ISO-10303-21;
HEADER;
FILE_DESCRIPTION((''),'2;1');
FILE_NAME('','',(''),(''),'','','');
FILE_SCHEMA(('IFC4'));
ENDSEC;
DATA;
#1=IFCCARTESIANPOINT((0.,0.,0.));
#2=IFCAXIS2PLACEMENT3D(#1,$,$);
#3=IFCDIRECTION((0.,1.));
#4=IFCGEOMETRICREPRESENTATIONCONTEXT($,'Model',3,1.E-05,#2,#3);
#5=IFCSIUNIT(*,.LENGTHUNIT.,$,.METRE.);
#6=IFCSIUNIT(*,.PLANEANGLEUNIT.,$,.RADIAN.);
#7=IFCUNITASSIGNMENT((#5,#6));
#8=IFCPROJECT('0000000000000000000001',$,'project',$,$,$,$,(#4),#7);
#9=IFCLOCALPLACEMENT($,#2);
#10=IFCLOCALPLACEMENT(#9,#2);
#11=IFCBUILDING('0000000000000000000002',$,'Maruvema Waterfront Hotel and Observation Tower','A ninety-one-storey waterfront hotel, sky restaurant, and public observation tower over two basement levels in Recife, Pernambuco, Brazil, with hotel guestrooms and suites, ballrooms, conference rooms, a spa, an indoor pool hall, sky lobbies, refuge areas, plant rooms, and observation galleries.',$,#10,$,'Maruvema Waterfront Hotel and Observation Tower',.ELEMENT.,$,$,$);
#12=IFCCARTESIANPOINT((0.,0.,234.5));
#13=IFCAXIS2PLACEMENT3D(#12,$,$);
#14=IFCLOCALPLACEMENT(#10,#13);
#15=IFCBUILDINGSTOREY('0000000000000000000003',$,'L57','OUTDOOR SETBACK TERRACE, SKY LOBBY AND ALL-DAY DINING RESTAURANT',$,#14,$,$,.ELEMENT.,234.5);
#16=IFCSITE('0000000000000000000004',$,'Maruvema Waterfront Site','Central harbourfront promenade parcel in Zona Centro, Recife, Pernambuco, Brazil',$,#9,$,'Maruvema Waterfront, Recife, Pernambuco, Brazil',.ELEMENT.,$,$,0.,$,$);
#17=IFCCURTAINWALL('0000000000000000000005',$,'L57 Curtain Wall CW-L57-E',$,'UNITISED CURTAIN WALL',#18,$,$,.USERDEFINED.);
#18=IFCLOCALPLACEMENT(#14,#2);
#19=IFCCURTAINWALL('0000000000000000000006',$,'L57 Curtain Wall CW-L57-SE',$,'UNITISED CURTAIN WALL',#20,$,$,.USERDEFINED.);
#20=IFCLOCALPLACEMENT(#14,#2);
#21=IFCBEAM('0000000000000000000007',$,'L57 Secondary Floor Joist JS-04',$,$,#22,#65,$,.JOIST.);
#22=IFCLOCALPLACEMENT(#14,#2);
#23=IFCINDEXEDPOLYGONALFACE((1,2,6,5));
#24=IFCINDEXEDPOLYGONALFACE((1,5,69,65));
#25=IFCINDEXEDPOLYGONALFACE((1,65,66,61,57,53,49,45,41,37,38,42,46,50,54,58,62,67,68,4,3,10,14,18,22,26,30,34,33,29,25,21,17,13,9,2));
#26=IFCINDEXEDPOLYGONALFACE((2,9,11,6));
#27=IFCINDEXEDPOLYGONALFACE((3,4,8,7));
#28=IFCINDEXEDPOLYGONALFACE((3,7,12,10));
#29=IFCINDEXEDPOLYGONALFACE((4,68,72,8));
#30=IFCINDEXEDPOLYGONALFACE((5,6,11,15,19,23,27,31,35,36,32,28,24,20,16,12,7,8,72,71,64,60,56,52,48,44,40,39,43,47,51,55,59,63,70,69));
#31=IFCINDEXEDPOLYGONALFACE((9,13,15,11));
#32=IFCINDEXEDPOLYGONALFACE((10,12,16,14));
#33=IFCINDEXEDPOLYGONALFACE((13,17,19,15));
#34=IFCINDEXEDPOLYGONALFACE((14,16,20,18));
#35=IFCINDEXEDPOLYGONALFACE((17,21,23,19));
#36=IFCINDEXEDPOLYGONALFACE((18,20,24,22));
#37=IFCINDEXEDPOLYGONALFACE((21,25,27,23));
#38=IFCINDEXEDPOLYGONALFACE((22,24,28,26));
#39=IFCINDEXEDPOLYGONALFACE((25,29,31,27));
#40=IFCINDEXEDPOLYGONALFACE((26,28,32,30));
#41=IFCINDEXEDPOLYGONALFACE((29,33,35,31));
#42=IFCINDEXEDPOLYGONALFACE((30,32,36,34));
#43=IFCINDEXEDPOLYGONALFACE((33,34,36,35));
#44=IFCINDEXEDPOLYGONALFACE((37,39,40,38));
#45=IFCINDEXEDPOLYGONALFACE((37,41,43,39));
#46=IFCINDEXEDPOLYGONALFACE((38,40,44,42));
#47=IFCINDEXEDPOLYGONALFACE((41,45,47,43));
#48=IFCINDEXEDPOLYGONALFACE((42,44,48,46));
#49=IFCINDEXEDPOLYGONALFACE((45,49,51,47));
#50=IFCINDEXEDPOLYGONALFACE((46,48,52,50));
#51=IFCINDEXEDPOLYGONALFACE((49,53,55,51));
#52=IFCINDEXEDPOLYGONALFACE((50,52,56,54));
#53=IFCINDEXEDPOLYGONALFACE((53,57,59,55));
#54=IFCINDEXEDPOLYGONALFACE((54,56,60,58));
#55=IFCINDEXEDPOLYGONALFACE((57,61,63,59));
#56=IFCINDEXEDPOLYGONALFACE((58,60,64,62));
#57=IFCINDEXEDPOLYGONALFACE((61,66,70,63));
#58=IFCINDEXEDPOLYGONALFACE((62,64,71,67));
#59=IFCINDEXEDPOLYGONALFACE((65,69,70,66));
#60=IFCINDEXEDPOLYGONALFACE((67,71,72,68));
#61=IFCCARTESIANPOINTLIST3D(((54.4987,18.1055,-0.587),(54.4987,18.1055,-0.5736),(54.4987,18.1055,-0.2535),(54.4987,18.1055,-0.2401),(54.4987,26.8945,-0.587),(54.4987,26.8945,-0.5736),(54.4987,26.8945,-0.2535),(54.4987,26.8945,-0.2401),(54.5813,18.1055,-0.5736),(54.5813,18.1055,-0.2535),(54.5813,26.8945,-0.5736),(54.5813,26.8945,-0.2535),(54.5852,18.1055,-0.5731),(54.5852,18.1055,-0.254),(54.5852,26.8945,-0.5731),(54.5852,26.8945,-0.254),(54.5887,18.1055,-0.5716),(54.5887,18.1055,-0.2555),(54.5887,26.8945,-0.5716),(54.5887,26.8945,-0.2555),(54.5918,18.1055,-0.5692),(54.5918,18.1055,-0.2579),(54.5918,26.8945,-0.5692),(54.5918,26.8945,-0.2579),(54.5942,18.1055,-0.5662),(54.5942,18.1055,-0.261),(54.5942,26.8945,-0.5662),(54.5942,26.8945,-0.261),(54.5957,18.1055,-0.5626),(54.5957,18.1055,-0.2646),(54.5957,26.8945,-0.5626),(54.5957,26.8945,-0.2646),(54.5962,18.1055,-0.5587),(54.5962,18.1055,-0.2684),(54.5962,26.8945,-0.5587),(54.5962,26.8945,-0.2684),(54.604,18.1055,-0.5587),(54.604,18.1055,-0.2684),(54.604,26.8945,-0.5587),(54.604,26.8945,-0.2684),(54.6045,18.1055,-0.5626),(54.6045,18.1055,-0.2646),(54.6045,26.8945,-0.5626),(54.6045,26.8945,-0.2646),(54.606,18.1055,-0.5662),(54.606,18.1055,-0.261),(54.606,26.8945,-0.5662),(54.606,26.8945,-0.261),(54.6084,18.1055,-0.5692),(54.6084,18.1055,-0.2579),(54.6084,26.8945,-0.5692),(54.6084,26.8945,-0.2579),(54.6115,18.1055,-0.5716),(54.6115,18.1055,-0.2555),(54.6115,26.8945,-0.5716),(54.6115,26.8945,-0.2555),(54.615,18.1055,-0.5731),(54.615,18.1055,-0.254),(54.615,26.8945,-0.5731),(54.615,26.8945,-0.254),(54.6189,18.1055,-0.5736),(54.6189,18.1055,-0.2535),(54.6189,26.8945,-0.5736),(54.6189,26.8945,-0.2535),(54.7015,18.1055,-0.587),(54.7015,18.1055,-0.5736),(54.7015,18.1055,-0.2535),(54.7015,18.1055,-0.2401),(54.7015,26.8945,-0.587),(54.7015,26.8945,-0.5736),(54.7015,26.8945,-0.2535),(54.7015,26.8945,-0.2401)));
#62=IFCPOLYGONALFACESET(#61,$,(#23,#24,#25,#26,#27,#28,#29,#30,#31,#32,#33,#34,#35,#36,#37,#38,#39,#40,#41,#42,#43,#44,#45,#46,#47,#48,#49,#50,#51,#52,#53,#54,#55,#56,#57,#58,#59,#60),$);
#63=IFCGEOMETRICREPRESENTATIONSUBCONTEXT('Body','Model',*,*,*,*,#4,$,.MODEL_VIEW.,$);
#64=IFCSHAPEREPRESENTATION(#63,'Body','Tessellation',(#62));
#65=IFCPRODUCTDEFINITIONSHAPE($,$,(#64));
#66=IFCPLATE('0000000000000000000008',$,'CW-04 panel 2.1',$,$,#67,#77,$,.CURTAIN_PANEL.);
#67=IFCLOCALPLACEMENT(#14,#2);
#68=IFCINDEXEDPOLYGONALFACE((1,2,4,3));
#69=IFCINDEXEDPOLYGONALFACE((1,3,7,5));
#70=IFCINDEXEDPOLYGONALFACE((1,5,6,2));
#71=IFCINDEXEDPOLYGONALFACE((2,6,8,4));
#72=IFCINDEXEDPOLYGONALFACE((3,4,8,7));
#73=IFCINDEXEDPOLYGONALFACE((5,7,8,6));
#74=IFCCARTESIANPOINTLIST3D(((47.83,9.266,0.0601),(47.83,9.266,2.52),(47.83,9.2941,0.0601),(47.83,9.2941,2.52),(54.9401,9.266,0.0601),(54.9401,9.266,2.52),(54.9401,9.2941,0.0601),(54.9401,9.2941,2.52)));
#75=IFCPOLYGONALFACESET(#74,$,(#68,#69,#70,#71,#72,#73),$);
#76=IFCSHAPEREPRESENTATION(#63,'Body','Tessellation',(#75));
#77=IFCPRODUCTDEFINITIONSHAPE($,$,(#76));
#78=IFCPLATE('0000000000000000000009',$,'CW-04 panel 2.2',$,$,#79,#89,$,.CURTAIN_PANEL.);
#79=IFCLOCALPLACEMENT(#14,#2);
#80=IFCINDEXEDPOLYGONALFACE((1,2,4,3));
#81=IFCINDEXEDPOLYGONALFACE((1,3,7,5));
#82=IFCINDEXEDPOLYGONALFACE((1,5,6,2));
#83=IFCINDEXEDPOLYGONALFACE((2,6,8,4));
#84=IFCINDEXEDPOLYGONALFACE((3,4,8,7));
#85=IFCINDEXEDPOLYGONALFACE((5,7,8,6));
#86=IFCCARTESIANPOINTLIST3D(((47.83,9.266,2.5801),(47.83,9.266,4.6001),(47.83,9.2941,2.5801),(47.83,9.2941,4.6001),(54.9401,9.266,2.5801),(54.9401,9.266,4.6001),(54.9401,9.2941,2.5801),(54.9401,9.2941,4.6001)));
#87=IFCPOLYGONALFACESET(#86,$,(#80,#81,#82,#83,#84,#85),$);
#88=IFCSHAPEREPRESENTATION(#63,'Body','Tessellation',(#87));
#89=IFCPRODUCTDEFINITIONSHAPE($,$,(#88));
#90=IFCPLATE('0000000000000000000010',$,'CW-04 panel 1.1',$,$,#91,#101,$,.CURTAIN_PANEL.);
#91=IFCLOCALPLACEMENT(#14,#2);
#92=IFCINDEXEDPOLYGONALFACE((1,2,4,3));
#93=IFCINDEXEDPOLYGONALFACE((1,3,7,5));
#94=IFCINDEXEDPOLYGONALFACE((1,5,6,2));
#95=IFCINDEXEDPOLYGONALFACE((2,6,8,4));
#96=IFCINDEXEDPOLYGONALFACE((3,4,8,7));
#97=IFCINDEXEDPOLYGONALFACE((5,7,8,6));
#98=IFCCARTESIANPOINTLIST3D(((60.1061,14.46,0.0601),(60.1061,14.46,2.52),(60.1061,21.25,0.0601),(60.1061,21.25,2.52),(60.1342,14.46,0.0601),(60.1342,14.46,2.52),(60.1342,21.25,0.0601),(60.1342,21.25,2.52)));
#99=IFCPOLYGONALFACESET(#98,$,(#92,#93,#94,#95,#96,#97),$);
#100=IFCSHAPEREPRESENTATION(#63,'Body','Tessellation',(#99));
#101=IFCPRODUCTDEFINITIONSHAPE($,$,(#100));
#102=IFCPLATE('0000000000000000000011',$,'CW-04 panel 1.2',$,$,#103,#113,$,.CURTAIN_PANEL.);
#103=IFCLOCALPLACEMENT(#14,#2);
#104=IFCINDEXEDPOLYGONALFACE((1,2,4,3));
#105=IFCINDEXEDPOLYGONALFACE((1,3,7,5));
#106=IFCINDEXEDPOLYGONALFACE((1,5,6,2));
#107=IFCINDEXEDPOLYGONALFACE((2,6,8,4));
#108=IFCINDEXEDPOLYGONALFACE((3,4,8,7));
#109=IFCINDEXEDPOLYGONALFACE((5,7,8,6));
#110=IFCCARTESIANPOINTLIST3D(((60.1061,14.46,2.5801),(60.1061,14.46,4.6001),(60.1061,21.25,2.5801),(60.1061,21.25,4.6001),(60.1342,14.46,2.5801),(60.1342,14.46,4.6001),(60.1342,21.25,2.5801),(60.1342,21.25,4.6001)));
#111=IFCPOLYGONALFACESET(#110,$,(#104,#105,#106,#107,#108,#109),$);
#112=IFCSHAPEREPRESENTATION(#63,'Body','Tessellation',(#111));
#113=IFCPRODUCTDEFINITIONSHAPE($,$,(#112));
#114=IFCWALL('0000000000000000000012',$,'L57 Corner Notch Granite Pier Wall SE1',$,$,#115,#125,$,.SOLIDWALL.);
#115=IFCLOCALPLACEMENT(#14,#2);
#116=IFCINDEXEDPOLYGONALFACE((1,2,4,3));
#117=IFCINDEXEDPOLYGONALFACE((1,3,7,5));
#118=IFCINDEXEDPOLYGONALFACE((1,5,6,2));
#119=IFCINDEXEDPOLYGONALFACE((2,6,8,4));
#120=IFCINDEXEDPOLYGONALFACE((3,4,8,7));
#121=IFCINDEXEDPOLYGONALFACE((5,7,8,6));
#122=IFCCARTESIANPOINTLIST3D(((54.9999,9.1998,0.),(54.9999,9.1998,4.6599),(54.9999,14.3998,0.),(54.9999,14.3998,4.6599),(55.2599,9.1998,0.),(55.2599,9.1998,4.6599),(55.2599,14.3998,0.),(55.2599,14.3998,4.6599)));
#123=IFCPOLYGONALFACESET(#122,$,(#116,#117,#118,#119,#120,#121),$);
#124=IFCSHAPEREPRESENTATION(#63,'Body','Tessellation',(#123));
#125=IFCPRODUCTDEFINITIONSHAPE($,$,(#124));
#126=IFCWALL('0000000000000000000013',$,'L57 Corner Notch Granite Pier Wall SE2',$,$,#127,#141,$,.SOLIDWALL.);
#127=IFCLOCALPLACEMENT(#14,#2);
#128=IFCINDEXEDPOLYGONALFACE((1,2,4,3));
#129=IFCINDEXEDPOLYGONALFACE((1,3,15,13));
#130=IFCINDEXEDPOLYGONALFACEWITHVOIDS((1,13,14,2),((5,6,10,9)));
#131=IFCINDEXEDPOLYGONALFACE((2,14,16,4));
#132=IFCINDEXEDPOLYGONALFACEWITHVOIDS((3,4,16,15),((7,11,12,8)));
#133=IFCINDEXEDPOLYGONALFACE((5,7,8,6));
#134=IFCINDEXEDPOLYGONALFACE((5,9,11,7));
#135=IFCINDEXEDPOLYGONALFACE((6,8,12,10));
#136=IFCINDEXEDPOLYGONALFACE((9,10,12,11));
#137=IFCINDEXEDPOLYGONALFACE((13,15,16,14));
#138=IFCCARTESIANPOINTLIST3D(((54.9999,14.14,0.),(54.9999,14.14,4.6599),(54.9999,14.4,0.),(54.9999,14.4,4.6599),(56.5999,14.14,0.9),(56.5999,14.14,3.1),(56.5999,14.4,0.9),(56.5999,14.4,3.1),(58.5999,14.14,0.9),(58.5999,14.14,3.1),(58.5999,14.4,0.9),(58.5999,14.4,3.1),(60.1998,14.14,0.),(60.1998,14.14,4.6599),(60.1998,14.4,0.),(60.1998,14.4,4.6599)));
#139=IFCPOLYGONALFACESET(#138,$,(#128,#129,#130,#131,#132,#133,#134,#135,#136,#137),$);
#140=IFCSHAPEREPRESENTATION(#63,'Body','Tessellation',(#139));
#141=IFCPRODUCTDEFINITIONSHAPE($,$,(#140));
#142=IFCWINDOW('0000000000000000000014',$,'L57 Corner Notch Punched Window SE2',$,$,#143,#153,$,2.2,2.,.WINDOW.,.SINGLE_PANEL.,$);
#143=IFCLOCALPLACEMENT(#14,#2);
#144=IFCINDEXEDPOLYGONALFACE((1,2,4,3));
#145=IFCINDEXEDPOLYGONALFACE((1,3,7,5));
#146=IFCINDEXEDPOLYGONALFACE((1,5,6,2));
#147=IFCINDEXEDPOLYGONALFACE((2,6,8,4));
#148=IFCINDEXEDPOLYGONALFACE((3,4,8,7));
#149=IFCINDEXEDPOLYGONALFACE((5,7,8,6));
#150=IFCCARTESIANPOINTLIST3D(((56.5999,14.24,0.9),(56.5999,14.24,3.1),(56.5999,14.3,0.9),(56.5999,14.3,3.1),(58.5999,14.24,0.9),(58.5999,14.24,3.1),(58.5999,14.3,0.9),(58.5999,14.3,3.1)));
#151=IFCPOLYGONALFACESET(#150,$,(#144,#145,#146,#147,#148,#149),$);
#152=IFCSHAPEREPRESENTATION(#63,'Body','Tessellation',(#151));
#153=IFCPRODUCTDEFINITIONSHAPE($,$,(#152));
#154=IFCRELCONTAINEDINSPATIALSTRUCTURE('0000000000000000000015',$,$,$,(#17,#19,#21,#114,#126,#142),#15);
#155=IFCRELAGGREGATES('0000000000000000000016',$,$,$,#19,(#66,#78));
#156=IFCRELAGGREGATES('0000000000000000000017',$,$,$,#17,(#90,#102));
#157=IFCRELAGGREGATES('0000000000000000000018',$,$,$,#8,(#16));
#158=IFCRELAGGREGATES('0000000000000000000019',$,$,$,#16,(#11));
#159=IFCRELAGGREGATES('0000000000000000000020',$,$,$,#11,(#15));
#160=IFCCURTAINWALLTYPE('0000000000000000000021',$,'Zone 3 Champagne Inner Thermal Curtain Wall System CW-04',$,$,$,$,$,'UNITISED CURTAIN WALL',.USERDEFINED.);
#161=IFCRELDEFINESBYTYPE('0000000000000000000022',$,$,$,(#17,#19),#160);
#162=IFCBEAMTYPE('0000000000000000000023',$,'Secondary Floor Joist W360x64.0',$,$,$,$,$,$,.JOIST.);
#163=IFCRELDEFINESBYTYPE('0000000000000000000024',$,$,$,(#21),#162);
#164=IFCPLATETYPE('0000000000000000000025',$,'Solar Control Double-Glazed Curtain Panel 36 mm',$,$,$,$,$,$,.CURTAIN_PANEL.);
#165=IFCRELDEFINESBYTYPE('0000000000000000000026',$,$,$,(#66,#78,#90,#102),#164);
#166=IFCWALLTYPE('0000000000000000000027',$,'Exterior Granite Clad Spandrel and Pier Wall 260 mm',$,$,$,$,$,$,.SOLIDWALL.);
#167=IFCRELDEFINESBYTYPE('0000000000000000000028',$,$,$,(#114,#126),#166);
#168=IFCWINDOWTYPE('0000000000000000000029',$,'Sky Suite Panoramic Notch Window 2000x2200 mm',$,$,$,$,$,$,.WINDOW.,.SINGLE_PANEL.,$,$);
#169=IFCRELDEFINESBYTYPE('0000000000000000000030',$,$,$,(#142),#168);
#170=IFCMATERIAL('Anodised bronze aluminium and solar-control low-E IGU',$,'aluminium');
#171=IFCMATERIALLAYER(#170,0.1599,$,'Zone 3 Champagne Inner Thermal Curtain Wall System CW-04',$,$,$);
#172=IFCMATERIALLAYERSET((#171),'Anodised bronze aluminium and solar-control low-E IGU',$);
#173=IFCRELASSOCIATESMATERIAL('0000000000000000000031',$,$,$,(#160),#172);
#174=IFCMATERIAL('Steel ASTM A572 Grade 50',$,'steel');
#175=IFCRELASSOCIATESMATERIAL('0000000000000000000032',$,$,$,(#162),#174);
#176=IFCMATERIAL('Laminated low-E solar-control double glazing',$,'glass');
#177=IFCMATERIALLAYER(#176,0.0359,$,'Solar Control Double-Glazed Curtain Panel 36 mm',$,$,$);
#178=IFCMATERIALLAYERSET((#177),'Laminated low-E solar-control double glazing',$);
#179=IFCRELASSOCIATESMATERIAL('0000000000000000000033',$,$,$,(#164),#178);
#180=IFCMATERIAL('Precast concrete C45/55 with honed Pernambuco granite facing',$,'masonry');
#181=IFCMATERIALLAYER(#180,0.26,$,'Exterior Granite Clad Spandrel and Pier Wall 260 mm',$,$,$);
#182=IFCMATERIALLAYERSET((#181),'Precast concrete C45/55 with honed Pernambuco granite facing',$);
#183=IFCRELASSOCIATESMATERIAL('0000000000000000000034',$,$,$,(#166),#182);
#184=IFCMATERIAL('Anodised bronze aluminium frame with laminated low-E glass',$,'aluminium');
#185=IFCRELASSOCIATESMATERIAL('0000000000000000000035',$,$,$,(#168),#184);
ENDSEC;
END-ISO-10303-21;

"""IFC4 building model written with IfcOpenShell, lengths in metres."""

from ifc_helpers import new_model, si_unit, direction, frame, frame_2d, origin, origin_2d, place, context, subcontext, project, spatial, rectangle, i_section, extrude, material, layer, layer_set, material_profile, profile_set, type_object, element, fill, aggregate, save


model = new_model("IFC4")

# Units and contexts
model_context = context("Model", 3, precision=1e-05, world=origin(), true_north=direction((0.0, 1.0)))
body_context = subcontext(model_context, "Body", "Model", "MODEL_VIEW")
ifc_project = project(units=[si_unit("LENGTHUNIT", "METRE"), si_unit("PLANEANGLEUNIT", "RADIAN")], contexts=[model_context])

# Site, building, storey
site_placement = place(None, origin())
site = spatial("IfcSite", under=ifc_project, at=site_placement, Name="Maruvema Waterfront Site", Description="Central harbourfront promenade parcel in Zona Centro, Recife, Pernambuco, Brazil", LongName="Maruvema Waterfront, Recife, Pernambuco, Brazil", CompositionType="ELEMENT", RefElevation=0.0)
building_placement = place(site_placement, origin())
building = spatial("IfcBuilding", under=site, at=building_placement, Name="Maruvema Waterfront Hotel and Observation Tower", Description="A ninety-one-storey waterfront hotel, sky restaurant, and public observation tower over two basement levels in Recife, Pernambuco, Brazil, with hotel guestrooms and suites, ballrooms, conference rooms, a spa, an indoor pool hall, sky lobbies, refuge areas, plant rooms, and observation galleries.", LongName="Maruvema Waterfront Hotel and Observation Tower", CompositionType="ELEMENT")
storey_placement = place(building_placement, frame((0.0, 0.0, 234.5)))
storey = spatial("IfcBuildingStorey", under=building, at=storey_placement, Name="L57", Description="OUTDOOR SETBACK TERRACE, SKY LOBBY AND ALL-DAY DINING RESTAURANT", CompositionType="ELEMENT", Elevation=234.5)

# Curtain wall
ifc_material_1 = material(Name="Anodised bronze aluminium and solar-control low-E IGU", Category="aluminium")
ifc_layer_1 = layer(ifc_material_1, 0.1599, Name="Zone 3 Champagne Inner Thermal Curtain Wall System CW-04")
ifc_layer_set_1 = layer_set([ifc_layer_1], Name="Anodised bronze aluminium and solar-control low-E IGU")
curtain_wall_type = type_object("IfcCurtainWallType", Name="Zone 3 Champagne Inner Thermal Curtain Wall System CW-04", ElementType="UNITISED CURTAIN WALL", PredefinedType="USERDEFINED", material=ifc_layer_set_1)
curtain_wall_1_placement = place(storey_placement, origin())
curtain_wall_1 = element("IfcCurtainWall", 1, at=curtain_wall_1_placement, inside=storey, type_object=curtain_wall_type, Name="L57 Curtain Wall CW-L57-E", ObjectType="UNITISED CURTAIN WALL", PredefinedType="USERDEFINED")

# Curtain wall
curtain_wall_2_placement = place(storey_placement, origin())
curtain_wall_2 = element("IfcCurtainWall", 2, at=curtain_wall_2_placement, inside=storey, type_object=curtain_wall_type, Name="L57 Curtain Wall CW-L57-SE", ObjectType="UNITISED CURTAIN WALL", PredefinedType="USERDEFINED")

# Beam
ifc_material_2 = material(Name="Steel ASTM A572 Grade 50", Category="steel")
ifc_material_profile_1 = material_profile(ifc_material_2, i_section(OverallWidth=0.2029, OverallDepth=0.3469, WebThickness=0.0078, FlangeThickness=0.0134, FilletRadius=0.0149, at=origin_2d()), Name="W360x64.0")
ifc_profile_set_1 = profile_set([ifc_material_profile_1], Name="Steel ASTM A572 Grade 50")
beam_type_1 = type_object("IfcBeamType", Name="Secondary Floor Joist W360x64.0", PredefinedType="JOIST", material=ifc_profile_set_1)
beam_1_placement = place(storey_placement, frame((54.6001, 18.1055, -0.4136), z_axis=(0.0, 1.0, 0.0), x_axis=(-1.0, 0.0, 0.0)))
element("IfcBeam", 3, at=beam_1_placement, inside=storey, type_object=beam_type_1, Name="L57 Secondary Floor Joist JS-04", PredefinedType="JOIST", context=body_context, shape_type="SweptSolid", body=[
    extrude(i_section(OverallWidth=0.2029, OverallDepth=0.3469, WebThickness=0.0078, FlangeThickness=0.0134, FilletRadius=0.0149, at=origin_2d()), origin(), (0.0, 0.0, 1.0), 8.7891),
])

# Plates
ifc_material_3 = material(Name="Laminated low-E solar-control double glazing", Category="glass")
ifc_layer_2 = layer(ifc_material_3, 0.0359, Name="Solar Control Double-Glazed Curtain Panel 36 mm")
ifc_layer_set_2 = layer_set([ifc_layer_2], Name="Laminated low-E solar-control double glazing")
plate_type = type_object("IfcPlateType", Name="Solar Control Double-Glazed Curtain Panel 36 mm", PredefinedType="CURTAIN_PANEL", material=ifc_layer_set_2)
plate_1_placement = place(storey_placement, frame((51.385, 9.28, 0.0601), z_axis=(0.0, 0.0, 1.0), x_axis=(1.0, 0.0, 0.0)))
plate_1 = element("IfcPlate", 4, at=plate_1_placement, type_object=plate_type, Name="CW-04 panel 2.1", PredefinedType="CURTAIN_PANEL", context=body_context, shape_type="SweptSolid", body=[
    extrude(rectangle(XDim=7.1101, YDim=0.0281, at=origin_2d()), origin(), (0.0, 0.0, 1.0), 2.46),
])
plate_2_placement = place(storey_placement, frame((51.385, 9.28, 2.5801), z_axis=(0.0, 0.0, 1.0), x_axis=(1.0, 0.0, 0.0)))
plate_2 = element("IfcPlate", 5, at=plate_2_placement, type_object=plate_type, Name="CW-04 panel 2.2", PredefinedType="CURTAIN_PANEL", context=body_context, shape_type="SweptSolid", body=[
    extrude(rectangle(XDim=7.1101, YDim=0.0281, at=origin_2d()), origin(), (0.0, 0.0, 1.0), 2.02),
])
aggregate(curtain_wall_2, [plate_1, plate_2])
plate_3_placement = place(storey_placement, frame((60.1201, 17.855, 0.0601), z_axis=(0.0, 0.0, 1.0), x_axis=(0.0, 1.0, 0.0)))
plate_3 = element("IfcPlate", 6, at=plate_3_placement, type_object=plate_type, Name="CW-04 panel 1.1", PredefinedType="CURTAIN_PANEL", context=body_context, shape_type="SweptSolid", body=[
    extrude(rectangle(XDim=6.79, YDim=0.0281, at=origin_2d()), origin(), (0.0, 0.0, 1.0), 2.46),
])
plate_4_placement = place(storey_placement, frame((60.1201, 17.855, 2.5801), z_axis=(0.0, 0.0, 1.0), x_axis=(0.0, 1.0, 0.0)))
plate_4 = element("IfcPlate", 7, at=plate_4_placement, type_object=plate_type, Name="CW-04 panel 1.2", PredefinedType="CURTAIN_PANEL", context=body_context, shape_type="SweptSolid", body=[
    extrude(rectangle(XDim=6.79, YDim=0.0281, at=origin_2d()), origin(), (0.0, 0.0, 1.0), 2.02),
])
aggregate(curtain_wall_1, [plate_3, plate_4])

# Wall
ifc_material_4 = material(Name="Precast concrete C45/55 with honed Pernambuco granite facing", Category="masonry")
ifc_layer_3 = layer(ifc_material_4, 0.26, Name="Exterior Granite Clad Spandrel and Pier Wall 260 mm")
ifc_layer_set_3 = layer_set([ifc_layer_3], Name="Precast concrete C45/55 with honed Pernambuco granite facing")
wall_type = type_object("IfcWallType", Name="Exterior Granite Clad Spandrel and Pier Wall 260 mm", PredefinedType="SOLIDWALL", material=ifc_layer_set_3)
wall_1_placement = place(storey_placement, frame((55.1299, 14.3999, 0.0), z_axis=(0.0, 0.0, 1.0), x_axis=(0.0, -1.0, 0.0)))
element("IfcWall", 8, at=wall_1_placement, inside=storey, type_object=wall_type, Name="L57 Corner Notch Granite Pier Wall SE1", PredefinedType="SOLIDWALL", context=body_context, shape_type="SweptSolid", body=[
    extrude(rectangle(XDim=5.2, YDim=0.26, at=frame_2d((2.6001, 0.0))), origin(), (0.0, 0.0, 1.0), 4.6599),
])

# Wall, opening, window
wall_2_placement = place(storey_placement, frame((60.2, 14.27, 0.0), z_axis=(0.0, 0.0, 1.0), x_axis=(-1.0, 0.0, 0.0)))
wall_2 = element("IfcWall", 9, at=wall_2_placement, inside=storey, type_object=wall_type, Name="L57 Corner Notch Granite Pier Wall SE2", PredefinedType="SOLIDWALL", context=body_context, shape_type="SweptSolid", body=[
    extrude(rectangle(XDim=5.2, YDim=0.26, at=frame_2d((2.6001, 0.0))), origin(), (0.0, 0.0, 1.0), 4.6599),
])
opening_placement = place(wall_2_placement, frame((1.6001, 0.0, 0.8999)))
opening = element("IfcOpeningElement", 10, at=opening_placement, cuts=wall_2, PredefinedType="OPENING", context=body_context, shape_type="SweptSolid", body=[
    extrude(rectangle(XDim=2.0, YDim=2.2, at=frame_2d((1.0, 1.1001))), frame((0.0, 0.1401, 0.0), z_axis=(0.0, -1.0, 0.0), x_axis=(1.0, 0.0, 0.0)), (0.0, 0.0, 1.0), 0.28),
])
ifc_material_5 = material(Name="Anodised bronze aluminium frame with laminated low-E glass", Category="aluminium")
window_type = type_object("IfcWindowType", Name="Sky Suite Panoramic Notch Window 2000x2200 mm", PartitioningType="SINGLE_PANEL", PredefinedType="WINDOW", material=ifc_material_5)
window_placement = place(opening_placement, origin())
window = element("IfcWindow", 11, at=window_placement, inside=storey, type_object=window_type, Name="L57 Corner Notch Punched Window SE2", OverallHeight=2.2, OverallWidth=2.0, PartitioningType="SINGLE_PANEL", PredefinedType="WINDOW", context=body_context, shape_type="SweptSolid", body=[
    extrude(rectangle(XDim=2.0, YDim=2.2, at=frame_2d((1.0, 1.1001))), frame((0.0, 0.03, 0.0), z_axis=(0.0, -1.0, 0.0), x_axis=(1.0, 0.0, 0.0)), (0.0, 0.0, 1.0), 0.0601),
])
fill(opening, window)

save(model, "model.ifc")
